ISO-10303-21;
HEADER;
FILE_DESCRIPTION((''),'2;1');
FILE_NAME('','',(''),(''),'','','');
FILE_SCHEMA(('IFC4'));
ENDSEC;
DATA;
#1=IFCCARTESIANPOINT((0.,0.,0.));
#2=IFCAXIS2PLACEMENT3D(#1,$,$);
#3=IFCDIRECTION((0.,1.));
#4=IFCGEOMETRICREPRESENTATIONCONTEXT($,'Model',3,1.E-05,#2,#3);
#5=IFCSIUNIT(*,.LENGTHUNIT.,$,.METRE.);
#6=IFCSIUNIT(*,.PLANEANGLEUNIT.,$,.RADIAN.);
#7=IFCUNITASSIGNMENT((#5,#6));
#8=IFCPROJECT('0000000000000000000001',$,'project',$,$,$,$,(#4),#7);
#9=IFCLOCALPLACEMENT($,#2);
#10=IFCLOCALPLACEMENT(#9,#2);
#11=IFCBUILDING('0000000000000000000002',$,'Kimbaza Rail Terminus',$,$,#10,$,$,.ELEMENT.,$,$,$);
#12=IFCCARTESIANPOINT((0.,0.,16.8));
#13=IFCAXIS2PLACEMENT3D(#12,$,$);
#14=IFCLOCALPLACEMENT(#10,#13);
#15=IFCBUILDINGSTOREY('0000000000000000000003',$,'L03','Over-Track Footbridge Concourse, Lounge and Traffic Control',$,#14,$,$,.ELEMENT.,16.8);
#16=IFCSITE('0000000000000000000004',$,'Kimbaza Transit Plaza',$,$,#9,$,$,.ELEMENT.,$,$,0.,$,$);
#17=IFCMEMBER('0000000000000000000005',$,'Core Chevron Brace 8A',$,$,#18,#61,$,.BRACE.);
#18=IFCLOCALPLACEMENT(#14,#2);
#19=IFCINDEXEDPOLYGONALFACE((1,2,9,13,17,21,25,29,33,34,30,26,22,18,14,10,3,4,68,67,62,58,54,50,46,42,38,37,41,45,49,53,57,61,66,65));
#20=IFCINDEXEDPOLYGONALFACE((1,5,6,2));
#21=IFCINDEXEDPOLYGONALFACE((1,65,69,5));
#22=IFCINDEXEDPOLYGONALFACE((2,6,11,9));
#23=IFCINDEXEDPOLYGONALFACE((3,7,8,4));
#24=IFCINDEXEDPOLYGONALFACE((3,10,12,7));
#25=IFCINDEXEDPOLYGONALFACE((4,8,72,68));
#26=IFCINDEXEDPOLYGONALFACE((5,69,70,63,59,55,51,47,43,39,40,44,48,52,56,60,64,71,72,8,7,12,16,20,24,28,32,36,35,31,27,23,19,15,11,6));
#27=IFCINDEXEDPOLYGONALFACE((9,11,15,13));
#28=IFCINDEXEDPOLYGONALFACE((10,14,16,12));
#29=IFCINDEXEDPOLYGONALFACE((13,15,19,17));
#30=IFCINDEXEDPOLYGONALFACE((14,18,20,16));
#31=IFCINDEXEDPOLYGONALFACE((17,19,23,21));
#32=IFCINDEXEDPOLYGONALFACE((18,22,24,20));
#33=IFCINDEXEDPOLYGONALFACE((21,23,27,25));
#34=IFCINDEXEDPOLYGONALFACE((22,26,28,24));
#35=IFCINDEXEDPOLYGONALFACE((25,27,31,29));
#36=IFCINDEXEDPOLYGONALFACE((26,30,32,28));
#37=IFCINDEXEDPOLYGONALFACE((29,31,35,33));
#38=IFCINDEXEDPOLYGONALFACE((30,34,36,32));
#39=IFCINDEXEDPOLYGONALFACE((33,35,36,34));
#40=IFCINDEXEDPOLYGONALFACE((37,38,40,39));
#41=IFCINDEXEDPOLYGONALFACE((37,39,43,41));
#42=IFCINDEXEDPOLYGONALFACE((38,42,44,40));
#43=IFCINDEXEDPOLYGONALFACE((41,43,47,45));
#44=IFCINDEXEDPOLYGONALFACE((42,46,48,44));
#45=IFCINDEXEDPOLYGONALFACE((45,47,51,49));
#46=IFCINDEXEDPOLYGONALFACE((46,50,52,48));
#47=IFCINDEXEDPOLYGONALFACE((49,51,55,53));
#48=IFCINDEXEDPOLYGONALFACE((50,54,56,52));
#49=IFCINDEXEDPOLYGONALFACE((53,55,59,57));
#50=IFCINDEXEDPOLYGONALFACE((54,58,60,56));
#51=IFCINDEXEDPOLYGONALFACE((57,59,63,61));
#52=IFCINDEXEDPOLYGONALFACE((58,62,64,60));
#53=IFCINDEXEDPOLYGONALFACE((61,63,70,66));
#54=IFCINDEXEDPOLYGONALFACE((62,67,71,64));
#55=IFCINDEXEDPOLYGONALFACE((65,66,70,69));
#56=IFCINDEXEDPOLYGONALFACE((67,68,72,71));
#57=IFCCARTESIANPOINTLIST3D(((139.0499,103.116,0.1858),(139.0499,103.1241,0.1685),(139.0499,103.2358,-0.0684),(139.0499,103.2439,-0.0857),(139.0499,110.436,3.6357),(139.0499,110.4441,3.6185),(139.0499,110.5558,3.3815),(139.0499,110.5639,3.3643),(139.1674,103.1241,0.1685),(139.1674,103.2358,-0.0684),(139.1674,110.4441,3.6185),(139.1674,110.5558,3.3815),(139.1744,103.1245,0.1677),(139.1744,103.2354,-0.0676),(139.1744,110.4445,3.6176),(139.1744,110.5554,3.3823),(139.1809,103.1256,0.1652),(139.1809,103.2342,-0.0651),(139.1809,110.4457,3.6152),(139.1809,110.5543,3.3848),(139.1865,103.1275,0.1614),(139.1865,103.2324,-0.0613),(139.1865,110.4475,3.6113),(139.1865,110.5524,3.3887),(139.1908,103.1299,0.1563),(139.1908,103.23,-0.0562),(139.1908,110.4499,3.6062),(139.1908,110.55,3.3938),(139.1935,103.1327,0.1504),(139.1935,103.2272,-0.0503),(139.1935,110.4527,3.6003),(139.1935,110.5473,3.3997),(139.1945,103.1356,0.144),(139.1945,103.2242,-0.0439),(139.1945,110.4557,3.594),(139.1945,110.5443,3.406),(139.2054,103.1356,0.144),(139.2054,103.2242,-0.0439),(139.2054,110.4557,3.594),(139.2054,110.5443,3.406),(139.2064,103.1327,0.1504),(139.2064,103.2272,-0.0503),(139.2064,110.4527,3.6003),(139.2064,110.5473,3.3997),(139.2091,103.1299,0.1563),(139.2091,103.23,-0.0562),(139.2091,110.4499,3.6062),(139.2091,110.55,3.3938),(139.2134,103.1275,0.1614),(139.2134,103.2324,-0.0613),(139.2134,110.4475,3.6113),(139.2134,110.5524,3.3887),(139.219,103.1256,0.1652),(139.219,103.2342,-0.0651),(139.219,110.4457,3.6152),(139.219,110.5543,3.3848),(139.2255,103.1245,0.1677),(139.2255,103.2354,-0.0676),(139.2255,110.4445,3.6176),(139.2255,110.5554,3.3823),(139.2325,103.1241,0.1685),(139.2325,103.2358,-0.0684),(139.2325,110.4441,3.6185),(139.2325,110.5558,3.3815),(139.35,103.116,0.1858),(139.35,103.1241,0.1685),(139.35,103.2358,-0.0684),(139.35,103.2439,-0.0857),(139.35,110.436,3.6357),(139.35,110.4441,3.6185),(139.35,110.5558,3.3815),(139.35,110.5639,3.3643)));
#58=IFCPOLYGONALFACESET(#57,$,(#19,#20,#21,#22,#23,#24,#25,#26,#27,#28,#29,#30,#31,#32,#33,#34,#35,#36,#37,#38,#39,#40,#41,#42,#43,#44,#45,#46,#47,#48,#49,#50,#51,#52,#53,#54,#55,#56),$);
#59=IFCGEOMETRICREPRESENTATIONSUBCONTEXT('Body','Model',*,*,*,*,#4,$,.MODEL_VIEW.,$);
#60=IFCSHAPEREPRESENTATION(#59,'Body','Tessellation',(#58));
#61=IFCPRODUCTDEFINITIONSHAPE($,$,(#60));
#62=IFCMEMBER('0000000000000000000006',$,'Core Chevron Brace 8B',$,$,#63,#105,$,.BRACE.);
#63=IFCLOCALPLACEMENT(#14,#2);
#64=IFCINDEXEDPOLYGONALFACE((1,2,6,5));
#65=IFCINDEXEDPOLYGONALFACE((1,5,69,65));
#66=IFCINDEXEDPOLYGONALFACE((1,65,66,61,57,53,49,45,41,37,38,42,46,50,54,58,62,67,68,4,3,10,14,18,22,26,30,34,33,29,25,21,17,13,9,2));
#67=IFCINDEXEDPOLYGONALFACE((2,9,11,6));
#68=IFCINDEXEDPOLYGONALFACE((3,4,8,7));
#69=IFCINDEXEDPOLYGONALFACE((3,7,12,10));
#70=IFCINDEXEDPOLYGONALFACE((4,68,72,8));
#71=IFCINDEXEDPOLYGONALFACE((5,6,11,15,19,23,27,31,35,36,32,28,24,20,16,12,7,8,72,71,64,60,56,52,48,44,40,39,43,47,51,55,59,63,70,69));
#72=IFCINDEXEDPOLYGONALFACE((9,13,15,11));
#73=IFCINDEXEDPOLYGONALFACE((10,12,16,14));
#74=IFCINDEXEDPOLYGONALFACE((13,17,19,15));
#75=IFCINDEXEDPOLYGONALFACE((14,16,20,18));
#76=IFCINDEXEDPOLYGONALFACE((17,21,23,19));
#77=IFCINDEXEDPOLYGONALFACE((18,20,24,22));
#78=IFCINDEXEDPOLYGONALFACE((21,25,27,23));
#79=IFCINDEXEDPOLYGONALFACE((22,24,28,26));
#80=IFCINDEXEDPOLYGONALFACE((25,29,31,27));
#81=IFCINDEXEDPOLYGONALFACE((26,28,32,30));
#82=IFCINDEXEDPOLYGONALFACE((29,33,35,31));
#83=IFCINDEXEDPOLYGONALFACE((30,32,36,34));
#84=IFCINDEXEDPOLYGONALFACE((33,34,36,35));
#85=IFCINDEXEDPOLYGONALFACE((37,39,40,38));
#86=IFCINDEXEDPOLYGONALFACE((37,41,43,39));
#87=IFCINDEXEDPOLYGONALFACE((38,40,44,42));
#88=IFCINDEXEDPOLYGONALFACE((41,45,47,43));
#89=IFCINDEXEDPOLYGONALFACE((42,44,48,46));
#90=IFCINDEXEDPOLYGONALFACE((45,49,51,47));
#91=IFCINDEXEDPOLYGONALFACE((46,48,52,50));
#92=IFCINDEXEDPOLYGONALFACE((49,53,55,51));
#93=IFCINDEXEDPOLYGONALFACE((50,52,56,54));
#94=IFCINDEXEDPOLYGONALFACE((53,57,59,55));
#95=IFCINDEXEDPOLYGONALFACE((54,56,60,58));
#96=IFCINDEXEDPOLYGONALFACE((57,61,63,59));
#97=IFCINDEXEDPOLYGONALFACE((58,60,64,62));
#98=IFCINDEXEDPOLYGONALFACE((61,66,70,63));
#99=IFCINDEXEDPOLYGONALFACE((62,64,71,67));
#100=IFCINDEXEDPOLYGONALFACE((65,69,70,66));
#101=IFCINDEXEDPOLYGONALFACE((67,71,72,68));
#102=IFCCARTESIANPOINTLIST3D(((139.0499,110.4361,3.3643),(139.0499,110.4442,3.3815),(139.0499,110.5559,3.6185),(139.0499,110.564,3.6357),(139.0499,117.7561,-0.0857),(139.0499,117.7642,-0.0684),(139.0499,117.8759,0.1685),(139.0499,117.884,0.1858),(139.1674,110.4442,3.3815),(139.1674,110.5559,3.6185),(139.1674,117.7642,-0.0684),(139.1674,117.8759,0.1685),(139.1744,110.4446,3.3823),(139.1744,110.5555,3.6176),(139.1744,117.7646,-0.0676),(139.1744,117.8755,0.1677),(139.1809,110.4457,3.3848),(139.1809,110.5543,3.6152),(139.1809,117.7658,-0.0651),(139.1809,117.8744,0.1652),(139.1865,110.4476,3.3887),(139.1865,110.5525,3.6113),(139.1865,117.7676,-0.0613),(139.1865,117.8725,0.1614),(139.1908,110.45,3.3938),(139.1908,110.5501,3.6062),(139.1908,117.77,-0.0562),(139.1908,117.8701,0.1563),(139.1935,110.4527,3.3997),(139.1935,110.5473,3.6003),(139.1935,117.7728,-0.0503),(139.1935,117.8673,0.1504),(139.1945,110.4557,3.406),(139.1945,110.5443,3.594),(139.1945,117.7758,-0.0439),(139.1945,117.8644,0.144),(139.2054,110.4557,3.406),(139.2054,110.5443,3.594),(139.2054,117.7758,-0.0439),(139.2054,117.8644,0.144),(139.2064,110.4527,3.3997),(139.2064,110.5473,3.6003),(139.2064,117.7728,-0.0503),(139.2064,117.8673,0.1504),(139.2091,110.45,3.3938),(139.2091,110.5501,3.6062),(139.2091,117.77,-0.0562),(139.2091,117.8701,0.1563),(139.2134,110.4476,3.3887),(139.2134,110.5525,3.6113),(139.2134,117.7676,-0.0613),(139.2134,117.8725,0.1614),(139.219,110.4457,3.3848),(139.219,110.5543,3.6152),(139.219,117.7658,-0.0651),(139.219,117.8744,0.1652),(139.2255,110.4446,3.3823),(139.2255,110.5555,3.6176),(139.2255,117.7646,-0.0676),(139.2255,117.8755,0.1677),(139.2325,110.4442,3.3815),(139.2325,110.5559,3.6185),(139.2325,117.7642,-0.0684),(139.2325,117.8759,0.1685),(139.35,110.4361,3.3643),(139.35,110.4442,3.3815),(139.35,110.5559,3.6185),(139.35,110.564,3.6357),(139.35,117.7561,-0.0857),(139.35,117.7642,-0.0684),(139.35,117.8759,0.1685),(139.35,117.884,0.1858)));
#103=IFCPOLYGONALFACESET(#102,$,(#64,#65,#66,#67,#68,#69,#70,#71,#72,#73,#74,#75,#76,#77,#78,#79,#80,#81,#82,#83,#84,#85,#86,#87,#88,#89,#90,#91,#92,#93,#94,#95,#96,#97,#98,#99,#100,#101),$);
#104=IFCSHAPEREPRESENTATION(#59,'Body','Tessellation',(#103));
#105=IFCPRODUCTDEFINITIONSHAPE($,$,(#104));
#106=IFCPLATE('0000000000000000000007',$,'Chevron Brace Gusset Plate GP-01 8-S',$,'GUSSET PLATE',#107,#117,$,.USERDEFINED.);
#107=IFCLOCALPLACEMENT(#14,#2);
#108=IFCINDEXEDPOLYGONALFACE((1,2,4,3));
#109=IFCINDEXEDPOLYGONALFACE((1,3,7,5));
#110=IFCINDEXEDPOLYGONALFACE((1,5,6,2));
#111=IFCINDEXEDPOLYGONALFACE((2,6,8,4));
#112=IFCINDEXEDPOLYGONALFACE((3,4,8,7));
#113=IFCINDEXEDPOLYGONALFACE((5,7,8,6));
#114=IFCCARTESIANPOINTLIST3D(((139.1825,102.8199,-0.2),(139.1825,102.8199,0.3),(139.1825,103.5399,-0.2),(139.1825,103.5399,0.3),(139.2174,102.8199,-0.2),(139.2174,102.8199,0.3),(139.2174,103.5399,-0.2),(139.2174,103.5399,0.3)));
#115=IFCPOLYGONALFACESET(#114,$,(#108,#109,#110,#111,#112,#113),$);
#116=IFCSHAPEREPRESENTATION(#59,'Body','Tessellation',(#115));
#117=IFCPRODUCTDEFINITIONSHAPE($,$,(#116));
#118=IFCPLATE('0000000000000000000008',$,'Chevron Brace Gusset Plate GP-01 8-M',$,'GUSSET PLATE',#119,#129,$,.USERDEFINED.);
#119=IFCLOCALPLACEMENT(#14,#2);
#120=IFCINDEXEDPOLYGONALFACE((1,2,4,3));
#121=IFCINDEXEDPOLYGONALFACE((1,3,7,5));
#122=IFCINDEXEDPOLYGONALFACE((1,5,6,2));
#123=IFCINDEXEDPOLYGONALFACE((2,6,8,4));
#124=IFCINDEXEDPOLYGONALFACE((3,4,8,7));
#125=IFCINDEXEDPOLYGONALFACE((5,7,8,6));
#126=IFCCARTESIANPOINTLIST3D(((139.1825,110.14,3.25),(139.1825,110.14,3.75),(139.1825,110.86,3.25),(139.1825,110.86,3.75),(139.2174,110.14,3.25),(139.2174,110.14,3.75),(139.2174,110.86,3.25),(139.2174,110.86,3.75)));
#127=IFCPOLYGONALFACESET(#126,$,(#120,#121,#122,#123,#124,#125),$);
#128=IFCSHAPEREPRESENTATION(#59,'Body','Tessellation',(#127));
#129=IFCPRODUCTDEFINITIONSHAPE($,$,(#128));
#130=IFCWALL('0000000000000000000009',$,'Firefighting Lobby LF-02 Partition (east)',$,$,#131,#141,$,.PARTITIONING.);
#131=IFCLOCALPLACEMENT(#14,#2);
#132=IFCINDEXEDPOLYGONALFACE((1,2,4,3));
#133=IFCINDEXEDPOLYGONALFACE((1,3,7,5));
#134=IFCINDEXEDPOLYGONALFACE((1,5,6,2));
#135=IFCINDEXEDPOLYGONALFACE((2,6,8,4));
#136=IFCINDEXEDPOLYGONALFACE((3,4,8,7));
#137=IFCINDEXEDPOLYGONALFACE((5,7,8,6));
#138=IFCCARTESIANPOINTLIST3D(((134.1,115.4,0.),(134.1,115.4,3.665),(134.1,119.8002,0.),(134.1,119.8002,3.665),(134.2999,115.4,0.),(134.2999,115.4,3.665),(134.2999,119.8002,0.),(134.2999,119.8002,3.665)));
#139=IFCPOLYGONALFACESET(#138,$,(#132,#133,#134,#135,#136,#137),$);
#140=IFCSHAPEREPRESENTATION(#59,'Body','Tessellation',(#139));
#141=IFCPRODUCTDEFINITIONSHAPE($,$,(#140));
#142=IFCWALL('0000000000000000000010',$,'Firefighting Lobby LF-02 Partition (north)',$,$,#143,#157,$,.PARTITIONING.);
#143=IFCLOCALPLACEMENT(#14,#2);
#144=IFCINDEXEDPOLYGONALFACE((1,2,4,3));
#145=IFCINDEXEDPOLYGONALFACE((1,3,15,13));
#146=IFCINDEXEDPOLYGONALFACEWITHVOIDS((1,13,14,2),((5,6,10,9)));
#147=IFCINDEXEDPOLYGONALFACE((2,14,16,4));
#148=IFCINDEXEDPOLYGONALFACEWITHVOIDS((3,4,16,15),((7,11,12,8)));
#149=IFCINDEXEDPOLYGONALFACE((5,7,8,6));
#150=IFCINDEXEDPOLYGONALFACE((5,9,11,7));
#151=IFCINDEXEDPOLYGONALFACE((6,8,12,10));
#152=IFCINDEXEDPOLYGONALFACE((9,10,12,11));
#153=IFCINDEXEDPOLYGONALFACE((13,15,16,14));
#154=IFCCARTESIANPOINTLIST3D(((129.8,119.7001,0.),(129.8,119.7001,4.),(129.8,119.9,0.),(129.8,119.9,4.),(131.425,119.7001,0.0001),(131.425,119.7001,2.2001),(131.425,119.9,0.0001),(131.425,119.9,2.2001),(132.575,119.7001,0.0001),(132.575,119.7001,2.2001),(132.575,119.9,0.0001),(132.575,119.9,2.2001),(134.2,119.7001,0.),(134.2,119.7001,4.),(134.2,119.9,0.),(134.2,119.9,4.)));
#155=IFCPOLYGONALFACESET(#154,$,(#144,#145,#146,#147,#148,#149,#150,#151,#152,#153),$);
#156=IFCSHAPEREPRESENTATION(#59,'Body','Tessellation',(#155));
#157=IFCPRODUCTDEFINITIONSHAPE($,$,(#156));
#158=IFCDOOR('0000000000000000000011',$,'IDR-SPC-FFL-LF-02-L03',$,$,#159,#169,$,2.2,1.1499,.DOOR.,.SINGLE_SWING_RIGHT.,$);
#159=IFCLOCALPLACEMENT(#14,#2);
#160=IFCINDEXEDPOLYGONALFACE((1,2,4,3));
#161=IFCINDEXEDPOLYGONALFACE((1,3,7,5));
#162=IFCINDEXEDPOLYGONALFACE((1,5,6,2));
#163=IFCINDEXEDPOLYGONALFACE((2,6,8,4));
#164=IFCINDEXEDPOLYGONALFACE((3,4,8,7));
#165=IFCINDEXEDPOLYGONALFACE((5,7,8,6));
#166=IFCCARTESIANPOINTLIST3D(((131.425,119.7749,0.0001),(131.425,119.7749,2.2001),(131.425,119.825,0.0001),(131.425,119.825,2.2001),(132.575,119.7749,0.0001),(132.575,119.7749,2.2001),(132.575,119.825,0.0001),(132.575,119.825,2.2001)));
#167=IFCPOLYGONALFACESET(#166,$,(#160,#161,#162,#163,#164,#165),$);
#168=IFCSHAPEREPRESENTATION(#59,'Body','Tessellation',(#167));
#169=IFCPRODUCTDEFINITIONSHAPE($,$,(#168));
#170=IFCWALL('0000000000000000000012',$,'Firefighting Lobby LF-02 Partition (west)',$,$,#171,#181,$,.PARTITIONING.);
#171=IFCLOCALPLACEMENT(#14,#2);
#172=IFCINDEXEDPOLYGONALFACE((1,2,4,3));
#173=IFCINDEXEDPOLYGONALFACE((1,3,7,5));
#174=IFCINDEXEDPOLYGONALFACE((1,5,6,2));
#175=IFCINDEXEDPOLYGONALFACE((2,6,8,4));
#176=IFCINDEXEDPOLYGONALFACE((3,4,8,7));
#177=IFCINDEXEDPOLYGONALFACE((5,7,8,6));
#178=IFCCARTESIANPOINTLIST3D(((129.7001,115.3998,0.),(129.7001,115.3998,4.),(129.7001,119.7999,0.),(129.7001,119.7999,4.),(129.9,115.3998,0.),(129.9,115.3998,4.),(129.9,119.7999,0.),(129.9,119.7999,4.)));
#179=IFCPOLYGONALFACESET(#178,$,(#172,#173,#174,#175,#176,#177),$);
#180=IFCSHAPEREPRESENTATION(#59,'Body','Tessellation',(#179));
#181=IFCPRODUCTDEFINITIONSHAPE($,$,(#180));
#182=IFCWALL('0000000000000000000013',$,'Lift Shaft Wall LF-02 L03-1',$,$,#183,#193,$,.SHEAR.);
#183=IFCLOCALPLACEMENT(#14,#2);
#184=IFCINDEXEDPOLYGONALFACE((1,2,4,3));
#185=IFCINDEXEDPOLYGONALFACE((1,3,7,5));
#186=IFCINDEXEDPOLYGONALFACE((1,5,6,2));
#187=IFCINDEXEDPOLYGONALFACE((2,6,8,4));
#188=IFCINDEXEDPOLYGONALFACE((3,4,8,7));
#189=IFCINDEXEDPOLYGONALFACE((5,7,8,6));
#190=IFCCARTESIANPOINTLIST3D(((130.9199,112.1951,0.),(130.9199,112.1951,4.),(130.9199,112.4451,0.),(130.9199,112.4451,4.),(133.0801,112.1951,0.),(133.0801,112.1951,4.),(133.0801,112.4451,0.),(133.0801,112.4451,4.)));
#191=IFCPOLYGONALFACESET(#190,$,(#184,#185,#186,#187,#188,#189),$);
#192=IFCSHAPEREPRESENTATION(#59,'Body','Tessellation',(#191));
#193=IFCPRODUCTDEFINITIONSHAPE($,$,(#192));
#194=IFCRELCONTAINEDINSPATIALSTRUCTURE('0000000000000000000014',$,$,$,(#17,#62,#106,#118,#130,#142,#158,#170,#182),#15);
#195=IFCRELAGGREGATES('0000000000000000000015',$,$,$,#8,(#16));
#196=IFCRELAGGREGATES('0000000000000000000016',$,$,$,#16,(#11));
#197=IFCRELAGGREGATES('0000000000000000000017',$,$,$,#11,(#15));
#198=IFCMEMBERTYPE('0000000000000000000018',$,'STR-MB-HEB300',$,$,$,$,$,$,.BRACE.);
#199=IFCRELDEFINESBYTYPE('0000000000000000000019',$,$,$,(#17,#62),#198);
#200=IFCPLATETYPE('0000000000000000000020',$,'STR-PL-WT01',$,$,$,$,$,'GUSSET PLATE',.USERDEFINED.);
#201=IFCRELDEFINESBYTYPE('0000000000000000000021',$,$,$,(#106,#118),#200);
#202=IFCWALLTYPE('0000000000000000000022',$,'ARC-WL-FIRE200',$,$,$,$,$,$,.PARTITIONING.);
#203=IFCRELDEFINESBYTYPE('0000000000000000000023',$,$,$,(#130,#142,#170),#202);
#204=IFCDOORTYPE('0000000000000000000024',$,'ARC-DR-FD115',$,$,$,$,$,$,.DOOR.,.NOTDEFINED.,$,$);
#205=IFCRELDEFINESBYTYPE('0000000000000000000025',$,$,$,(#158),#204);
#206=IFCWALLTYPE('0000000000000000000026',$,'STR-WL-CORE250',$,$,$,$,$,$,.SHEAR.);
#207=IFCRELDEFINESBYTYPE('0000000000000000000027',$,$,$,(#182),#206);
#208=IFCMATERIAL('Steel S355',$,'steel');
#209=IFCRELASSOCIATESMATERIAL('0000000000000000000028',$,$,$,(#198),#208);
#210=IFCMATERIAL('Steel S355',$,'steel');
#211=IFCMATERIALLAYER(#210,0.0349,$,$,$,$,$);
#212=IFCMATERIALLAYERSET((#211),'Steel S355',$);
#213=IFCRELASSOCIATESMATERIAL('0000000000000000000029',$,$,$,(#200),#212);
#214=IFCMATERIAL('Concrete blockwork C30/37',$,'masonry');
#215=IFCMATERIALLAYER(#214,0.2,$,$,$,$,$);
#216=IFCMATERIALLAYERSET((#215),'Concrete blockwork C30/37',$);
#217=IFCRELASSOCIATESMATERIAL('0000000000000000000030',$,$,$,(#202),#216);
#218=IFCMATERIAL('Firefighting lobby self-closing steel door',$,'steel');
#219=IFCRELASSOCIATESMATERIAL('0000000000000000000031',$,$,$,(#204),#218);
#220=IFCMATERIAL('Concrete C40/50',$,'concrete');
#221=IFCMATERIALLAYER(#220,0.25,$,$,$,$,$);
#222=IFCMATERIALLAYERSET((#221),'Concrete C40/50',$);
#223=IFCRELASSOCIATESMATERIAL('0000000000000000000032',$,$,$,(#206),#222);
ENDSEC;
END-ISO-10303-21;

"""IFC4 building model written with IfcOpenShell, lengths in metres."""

from ifc_helpers import new_model, si_unit, direction, frame, frame_2d, origin, origin_2d, place, context, subcontext, project, spatial, rectangle, i_section, extrude, material, layer, layer_set, material_profile, profile_set, type_object, element, fill, save


model = new_model("IFC4")

# Units and contexts
model_context = context("Model", 3, precision=1e-05, world=origin(), true_north=direction((0.0, 1.0)))
body_context = subcontext(model_context, "Body", "Model", "MODEL_VIEW")
ifc_project = project(units=[si_unit("LENGTHUNIT", "METRE"), si_unit("PLANEANGLEUNIT", "RADIAN")], contexts=[model_context])

# Site, building, storey
site_placement = place(None, origin())
site = spatial("IfcSite", under=ifc_project, at=site_placement, Name="Kimbaza Transit Plaza", CompositionType="ELEMENT", RefElevation=0.0)
building_placement = place(site_placement, origin())
building = spatial("IfcBuilding", under=site, at=building_placement, Name="Kimbaza Rail Terminus", CompositionType="ELEMENT")
storey_placement = place(building_placement, frame((0.0, 0.0, 16.8)))
storey = spatial("IfcBuildingStorey", under=building, at=storey_placement, Name="L03", Description="Over-Track Footbridge Concourse, Lounge and Traffic Control", CompositionType="ELEMENT", Elevation=16.8)

# Members
ifc_material_1 = material(Name="Steel S355", Category="steel")
ifc_material_profile_1 = material_profile(ifc_material_1, i_section(OverallWidth=0.3, OverallDepth=0.3, WebThickness=0.011, FlangeThickness=0.019, FilletRadius=0.0271, at=origin_2d()), Name="HEB 300")
ifc_profile_set_1 = profile_set([ifc_material_profile_1], Name="Steel S355")
member_type = type_object("IfcMemberType", Name="STR-MB-HEB300", PredefinedType="BRACE", material=ifc_profile_set_1)
for number, where, z_axis, x_axis, name in (
    (1, (139.2, 103.1799, 0.05), (0.0, 0.90457, 0.426324), (-1.0, 0.0, 0.0), "Core Chevron Brace 8A"),
    (2, (139.2, 117.8201, 0.05), (0.0, -0.90457, 0.426324), (1.0, 0.0, 0.0), "Core Chevron Brace 8B"),
):
    element("IfcMember", number, at=place(storey_placement, frame(where, z_axis=z_axis, x_axis=x_axis)), inside=storey, type_object=member_type, Name=name, PredefinedType="BRACE", context=body_context, shape_type="SweptSolid", body=[
        extrude(i_section(OverallWidth=0.3, OverallDepth=0.3, WebThickness=0.011, FlangeThickness=0.019, FilletRadius=0.0271, at=origin_2d()), origin(), (0.0, 0.0, 1.0), 8.0923),
    ])

# Plates
ifc_material_2 = material(Name="Steel S355", Category="steel")
ifc_layer_1 = layer(ifc_material_2, 0.0349)
ifc_layer_set_1 = layer_set([ifc_layer_1], Name="Steel S355")
plate_type = type_object("IfcPlateType", Name="STR-PL-WT01", ElementType="GUSSET PLATE", PredefinedType="USERDEFINED", material=ifc_layer_set_1)
for number, where, z_axis, x_axis, name in (
    (3, (139.2, 103.1799, -0.2), (0.0, 0.0, 1.0), (1.0, 0.0, 0.0), "Chevron Brace Gusset Plate GP-01 8-S"),
    (4, (139.2, 110.5, 3.25), (0.0, 0.0, 1.0), (1.0, 0.0, 0.0), "Chevron Brace Gusset Plate GP-01 8-M"),
):
    element("IfcPlate", number, at=place(storey_placement, frame(where, z_axis=z_axis, x_axis=x_axis)), inside=storey, type_object=plate_type, Name=name, ObjectType="GUSSET PLATE", PredefinedType="USERDEFINED", context=body_context, shape_type="SweptSolid", body=[
        extrude(rectangle(XDim=0.0349, YDim=0.72, at=origin_2d()), origin(), (0.0, 0.0, 1.0), 0.5),
    ])

# Wall
ifc_material_3 = material(Name="Concrete blockwork C30/37", Category="masonry")
ifc_layer_2 = layer(ifc_material_3, 0.2)
ifc_layer_set_2 = layer_set([ifc_layer_2], Name="Concrete blockwork C30/37")
wall_type_1 = type_object("IfcWallType", Name="ARC-WL-FIRE200", PredefinedType="PARTITIONING", material=ifc_layer_set_2)
wall_1_placement = place(storey_placement, frame((134.2, 115.3999, 0.0), z_axis=(0.0, 0.0, 1.0), x_axis=(0.0, 1.0, 0.0)))
element("IfcWall", 5, at=wall_1_placement, inside=storey, type_object=wall_type_1, Name="Firefighting Lobby LF-02 Partition (east)", PredefinedType="PARTITIONING", context=body_context, shape_type="SweptSolid", body=[
    extrude(rectangle(XDim=4.4001, YDim=0.2, at=frame_2d((2.2002, 0.0))), origin(), (0.0, 0.0, 1.0), 3.665),
])

# Wall, opening, door
wall_2_placement = place(storey_placement, frame((134.2, 119.8, 0.0), z_axis=(0.0, 0.0, 1.0), x_axis=(-1.0, 0.0, 0.0)))
wall_2 = element("IfcWall", 6, at=wall_2_placement, inside=storey, type_object=wall_type_1, Name="Firefighting Lobby LF-02 Partition (north)", PredefinedType="PARTITIONING", context=body_context, shape_type="SweptSolid", body=[
    extrude(rectangle(XDim=4.3999, YDim=0.2, at=frame_2d((2.2, 0.0))), origin(), (0.0, 0.0, 1.0), 4.0),
])
opening_1_placement = place(wall_2_placement, frame((2.7749, 0.0, 0.0), z_axis=(0.0, 0.0, 1.0), x_axis=(-1.0, 0.0, 0.0)))
opening_1 = element("IfcOpeningElement", 7, at=opening_1_placement, cuts=wall_2, PredefinedType="OPENING", context=body_context, shape_type="SweptSolid", body=[
    extrude(rectangle(XDim=1.1499, YDim=2.2, at=frame_2d((0.575, 1.1001))), frame((0.0, 0.1099, 0.0), z_axis=(0.0, -1.0, 0.0), x_axis=(1.0, 0.0, 0.0)), (0.0, 0.0, 1.0), 0.22),
])
ifc_material_4 = material(Name="Firefighting lobby self-closing steel door", Category="steel")
door_type_1 = type_object("IfcDoorType", Name="ARC-DR-FD115", OperationType="NOTDEFINED", PredefinedType="DOOR", material=ifc_material_4)
door_1_placement = place(opening_1_placement, origin())
door_1 = element("IfcDoor", 8, at=door_1_placement, inside=storey, type_object=door_type_1, Name="IDR-SPC-FFL-LF-02-L03", OperationType="SINGLE_SWING_RIGHT", OverallHeight=2.2, OverallWidth=1.1499, PredefinedType="DOOR", context=body_context, shape_type="SweptSolid", body=[
    extrude(rectangle(XDim=1.1499, YDim=2.2, at=frame_2d((0.575, 1.1001))), frame((0.0, 0.0249, 0.0), z_axis=(0.0, -1.0, 0.0), x_axis=(1.0, 0.0, 0.0)), (0.0, 0.0, 1.0), 0.05),
])
fill(opening_1, door_1)

# Walls
wall_3_placement = place(storey_placement, frame((129.8, 119.8, 0.0), z_axis=(0.0, 0.0, 1.0), x_axis=(0.0, -1.0, 0.0)))
element("IfcWall", 9, at=wall_3_placement, inside=storey, type_object=wall_type_1, Name="Firefighting Lobby LF-02 Partition (west)", PredefinedType="PARTITIONING", context=body_context, shape_type="SweptSolid", body=[
    extrude(rectangle(XDim=4.4001, YDim=0.2, at=frame_2d((2.2002, 0.0))), origin(), (0.0, 0.0, 1.0), 4.0),
])
ifc_material_5 = material(Name="Concrete C40/50", Category="concrete")
ifc_layer_3 = layer(ifc_material_5, 0.25)
ifc_layer_set_3 = layer_set([ifc_layer_3], Name="Concrete C40/50")
wall_type_2 = type_object("IfcWallType", Name="STR-WL-CORE250", PredefinedType="SHEAR", material=ifc_layer_set_3)
wall_4_placement = place(storey_placement, frame((130.9199, 112.3201, 0.0), z_axis=(0.0, 0.0, 1.0), x_axis=(1.0, 0.0, 0.0)))
element("IfcWall", 10, at=wall_4_placement, inside=storey, type_object=wall_type_2, Name="Lift Shaft Wall LF-02 L03-1", PredefinedType="SHEAR", context=body_context, shape_type="SweptSolid", body=[
    extrude(rectangle(XDim=2.1602, YDim=0.25, at=frame_2d((1.0801, 0.0))), origin(), (0.0, 0.0, 1.0), 4.0),
])

save(model, "model.ifc")
